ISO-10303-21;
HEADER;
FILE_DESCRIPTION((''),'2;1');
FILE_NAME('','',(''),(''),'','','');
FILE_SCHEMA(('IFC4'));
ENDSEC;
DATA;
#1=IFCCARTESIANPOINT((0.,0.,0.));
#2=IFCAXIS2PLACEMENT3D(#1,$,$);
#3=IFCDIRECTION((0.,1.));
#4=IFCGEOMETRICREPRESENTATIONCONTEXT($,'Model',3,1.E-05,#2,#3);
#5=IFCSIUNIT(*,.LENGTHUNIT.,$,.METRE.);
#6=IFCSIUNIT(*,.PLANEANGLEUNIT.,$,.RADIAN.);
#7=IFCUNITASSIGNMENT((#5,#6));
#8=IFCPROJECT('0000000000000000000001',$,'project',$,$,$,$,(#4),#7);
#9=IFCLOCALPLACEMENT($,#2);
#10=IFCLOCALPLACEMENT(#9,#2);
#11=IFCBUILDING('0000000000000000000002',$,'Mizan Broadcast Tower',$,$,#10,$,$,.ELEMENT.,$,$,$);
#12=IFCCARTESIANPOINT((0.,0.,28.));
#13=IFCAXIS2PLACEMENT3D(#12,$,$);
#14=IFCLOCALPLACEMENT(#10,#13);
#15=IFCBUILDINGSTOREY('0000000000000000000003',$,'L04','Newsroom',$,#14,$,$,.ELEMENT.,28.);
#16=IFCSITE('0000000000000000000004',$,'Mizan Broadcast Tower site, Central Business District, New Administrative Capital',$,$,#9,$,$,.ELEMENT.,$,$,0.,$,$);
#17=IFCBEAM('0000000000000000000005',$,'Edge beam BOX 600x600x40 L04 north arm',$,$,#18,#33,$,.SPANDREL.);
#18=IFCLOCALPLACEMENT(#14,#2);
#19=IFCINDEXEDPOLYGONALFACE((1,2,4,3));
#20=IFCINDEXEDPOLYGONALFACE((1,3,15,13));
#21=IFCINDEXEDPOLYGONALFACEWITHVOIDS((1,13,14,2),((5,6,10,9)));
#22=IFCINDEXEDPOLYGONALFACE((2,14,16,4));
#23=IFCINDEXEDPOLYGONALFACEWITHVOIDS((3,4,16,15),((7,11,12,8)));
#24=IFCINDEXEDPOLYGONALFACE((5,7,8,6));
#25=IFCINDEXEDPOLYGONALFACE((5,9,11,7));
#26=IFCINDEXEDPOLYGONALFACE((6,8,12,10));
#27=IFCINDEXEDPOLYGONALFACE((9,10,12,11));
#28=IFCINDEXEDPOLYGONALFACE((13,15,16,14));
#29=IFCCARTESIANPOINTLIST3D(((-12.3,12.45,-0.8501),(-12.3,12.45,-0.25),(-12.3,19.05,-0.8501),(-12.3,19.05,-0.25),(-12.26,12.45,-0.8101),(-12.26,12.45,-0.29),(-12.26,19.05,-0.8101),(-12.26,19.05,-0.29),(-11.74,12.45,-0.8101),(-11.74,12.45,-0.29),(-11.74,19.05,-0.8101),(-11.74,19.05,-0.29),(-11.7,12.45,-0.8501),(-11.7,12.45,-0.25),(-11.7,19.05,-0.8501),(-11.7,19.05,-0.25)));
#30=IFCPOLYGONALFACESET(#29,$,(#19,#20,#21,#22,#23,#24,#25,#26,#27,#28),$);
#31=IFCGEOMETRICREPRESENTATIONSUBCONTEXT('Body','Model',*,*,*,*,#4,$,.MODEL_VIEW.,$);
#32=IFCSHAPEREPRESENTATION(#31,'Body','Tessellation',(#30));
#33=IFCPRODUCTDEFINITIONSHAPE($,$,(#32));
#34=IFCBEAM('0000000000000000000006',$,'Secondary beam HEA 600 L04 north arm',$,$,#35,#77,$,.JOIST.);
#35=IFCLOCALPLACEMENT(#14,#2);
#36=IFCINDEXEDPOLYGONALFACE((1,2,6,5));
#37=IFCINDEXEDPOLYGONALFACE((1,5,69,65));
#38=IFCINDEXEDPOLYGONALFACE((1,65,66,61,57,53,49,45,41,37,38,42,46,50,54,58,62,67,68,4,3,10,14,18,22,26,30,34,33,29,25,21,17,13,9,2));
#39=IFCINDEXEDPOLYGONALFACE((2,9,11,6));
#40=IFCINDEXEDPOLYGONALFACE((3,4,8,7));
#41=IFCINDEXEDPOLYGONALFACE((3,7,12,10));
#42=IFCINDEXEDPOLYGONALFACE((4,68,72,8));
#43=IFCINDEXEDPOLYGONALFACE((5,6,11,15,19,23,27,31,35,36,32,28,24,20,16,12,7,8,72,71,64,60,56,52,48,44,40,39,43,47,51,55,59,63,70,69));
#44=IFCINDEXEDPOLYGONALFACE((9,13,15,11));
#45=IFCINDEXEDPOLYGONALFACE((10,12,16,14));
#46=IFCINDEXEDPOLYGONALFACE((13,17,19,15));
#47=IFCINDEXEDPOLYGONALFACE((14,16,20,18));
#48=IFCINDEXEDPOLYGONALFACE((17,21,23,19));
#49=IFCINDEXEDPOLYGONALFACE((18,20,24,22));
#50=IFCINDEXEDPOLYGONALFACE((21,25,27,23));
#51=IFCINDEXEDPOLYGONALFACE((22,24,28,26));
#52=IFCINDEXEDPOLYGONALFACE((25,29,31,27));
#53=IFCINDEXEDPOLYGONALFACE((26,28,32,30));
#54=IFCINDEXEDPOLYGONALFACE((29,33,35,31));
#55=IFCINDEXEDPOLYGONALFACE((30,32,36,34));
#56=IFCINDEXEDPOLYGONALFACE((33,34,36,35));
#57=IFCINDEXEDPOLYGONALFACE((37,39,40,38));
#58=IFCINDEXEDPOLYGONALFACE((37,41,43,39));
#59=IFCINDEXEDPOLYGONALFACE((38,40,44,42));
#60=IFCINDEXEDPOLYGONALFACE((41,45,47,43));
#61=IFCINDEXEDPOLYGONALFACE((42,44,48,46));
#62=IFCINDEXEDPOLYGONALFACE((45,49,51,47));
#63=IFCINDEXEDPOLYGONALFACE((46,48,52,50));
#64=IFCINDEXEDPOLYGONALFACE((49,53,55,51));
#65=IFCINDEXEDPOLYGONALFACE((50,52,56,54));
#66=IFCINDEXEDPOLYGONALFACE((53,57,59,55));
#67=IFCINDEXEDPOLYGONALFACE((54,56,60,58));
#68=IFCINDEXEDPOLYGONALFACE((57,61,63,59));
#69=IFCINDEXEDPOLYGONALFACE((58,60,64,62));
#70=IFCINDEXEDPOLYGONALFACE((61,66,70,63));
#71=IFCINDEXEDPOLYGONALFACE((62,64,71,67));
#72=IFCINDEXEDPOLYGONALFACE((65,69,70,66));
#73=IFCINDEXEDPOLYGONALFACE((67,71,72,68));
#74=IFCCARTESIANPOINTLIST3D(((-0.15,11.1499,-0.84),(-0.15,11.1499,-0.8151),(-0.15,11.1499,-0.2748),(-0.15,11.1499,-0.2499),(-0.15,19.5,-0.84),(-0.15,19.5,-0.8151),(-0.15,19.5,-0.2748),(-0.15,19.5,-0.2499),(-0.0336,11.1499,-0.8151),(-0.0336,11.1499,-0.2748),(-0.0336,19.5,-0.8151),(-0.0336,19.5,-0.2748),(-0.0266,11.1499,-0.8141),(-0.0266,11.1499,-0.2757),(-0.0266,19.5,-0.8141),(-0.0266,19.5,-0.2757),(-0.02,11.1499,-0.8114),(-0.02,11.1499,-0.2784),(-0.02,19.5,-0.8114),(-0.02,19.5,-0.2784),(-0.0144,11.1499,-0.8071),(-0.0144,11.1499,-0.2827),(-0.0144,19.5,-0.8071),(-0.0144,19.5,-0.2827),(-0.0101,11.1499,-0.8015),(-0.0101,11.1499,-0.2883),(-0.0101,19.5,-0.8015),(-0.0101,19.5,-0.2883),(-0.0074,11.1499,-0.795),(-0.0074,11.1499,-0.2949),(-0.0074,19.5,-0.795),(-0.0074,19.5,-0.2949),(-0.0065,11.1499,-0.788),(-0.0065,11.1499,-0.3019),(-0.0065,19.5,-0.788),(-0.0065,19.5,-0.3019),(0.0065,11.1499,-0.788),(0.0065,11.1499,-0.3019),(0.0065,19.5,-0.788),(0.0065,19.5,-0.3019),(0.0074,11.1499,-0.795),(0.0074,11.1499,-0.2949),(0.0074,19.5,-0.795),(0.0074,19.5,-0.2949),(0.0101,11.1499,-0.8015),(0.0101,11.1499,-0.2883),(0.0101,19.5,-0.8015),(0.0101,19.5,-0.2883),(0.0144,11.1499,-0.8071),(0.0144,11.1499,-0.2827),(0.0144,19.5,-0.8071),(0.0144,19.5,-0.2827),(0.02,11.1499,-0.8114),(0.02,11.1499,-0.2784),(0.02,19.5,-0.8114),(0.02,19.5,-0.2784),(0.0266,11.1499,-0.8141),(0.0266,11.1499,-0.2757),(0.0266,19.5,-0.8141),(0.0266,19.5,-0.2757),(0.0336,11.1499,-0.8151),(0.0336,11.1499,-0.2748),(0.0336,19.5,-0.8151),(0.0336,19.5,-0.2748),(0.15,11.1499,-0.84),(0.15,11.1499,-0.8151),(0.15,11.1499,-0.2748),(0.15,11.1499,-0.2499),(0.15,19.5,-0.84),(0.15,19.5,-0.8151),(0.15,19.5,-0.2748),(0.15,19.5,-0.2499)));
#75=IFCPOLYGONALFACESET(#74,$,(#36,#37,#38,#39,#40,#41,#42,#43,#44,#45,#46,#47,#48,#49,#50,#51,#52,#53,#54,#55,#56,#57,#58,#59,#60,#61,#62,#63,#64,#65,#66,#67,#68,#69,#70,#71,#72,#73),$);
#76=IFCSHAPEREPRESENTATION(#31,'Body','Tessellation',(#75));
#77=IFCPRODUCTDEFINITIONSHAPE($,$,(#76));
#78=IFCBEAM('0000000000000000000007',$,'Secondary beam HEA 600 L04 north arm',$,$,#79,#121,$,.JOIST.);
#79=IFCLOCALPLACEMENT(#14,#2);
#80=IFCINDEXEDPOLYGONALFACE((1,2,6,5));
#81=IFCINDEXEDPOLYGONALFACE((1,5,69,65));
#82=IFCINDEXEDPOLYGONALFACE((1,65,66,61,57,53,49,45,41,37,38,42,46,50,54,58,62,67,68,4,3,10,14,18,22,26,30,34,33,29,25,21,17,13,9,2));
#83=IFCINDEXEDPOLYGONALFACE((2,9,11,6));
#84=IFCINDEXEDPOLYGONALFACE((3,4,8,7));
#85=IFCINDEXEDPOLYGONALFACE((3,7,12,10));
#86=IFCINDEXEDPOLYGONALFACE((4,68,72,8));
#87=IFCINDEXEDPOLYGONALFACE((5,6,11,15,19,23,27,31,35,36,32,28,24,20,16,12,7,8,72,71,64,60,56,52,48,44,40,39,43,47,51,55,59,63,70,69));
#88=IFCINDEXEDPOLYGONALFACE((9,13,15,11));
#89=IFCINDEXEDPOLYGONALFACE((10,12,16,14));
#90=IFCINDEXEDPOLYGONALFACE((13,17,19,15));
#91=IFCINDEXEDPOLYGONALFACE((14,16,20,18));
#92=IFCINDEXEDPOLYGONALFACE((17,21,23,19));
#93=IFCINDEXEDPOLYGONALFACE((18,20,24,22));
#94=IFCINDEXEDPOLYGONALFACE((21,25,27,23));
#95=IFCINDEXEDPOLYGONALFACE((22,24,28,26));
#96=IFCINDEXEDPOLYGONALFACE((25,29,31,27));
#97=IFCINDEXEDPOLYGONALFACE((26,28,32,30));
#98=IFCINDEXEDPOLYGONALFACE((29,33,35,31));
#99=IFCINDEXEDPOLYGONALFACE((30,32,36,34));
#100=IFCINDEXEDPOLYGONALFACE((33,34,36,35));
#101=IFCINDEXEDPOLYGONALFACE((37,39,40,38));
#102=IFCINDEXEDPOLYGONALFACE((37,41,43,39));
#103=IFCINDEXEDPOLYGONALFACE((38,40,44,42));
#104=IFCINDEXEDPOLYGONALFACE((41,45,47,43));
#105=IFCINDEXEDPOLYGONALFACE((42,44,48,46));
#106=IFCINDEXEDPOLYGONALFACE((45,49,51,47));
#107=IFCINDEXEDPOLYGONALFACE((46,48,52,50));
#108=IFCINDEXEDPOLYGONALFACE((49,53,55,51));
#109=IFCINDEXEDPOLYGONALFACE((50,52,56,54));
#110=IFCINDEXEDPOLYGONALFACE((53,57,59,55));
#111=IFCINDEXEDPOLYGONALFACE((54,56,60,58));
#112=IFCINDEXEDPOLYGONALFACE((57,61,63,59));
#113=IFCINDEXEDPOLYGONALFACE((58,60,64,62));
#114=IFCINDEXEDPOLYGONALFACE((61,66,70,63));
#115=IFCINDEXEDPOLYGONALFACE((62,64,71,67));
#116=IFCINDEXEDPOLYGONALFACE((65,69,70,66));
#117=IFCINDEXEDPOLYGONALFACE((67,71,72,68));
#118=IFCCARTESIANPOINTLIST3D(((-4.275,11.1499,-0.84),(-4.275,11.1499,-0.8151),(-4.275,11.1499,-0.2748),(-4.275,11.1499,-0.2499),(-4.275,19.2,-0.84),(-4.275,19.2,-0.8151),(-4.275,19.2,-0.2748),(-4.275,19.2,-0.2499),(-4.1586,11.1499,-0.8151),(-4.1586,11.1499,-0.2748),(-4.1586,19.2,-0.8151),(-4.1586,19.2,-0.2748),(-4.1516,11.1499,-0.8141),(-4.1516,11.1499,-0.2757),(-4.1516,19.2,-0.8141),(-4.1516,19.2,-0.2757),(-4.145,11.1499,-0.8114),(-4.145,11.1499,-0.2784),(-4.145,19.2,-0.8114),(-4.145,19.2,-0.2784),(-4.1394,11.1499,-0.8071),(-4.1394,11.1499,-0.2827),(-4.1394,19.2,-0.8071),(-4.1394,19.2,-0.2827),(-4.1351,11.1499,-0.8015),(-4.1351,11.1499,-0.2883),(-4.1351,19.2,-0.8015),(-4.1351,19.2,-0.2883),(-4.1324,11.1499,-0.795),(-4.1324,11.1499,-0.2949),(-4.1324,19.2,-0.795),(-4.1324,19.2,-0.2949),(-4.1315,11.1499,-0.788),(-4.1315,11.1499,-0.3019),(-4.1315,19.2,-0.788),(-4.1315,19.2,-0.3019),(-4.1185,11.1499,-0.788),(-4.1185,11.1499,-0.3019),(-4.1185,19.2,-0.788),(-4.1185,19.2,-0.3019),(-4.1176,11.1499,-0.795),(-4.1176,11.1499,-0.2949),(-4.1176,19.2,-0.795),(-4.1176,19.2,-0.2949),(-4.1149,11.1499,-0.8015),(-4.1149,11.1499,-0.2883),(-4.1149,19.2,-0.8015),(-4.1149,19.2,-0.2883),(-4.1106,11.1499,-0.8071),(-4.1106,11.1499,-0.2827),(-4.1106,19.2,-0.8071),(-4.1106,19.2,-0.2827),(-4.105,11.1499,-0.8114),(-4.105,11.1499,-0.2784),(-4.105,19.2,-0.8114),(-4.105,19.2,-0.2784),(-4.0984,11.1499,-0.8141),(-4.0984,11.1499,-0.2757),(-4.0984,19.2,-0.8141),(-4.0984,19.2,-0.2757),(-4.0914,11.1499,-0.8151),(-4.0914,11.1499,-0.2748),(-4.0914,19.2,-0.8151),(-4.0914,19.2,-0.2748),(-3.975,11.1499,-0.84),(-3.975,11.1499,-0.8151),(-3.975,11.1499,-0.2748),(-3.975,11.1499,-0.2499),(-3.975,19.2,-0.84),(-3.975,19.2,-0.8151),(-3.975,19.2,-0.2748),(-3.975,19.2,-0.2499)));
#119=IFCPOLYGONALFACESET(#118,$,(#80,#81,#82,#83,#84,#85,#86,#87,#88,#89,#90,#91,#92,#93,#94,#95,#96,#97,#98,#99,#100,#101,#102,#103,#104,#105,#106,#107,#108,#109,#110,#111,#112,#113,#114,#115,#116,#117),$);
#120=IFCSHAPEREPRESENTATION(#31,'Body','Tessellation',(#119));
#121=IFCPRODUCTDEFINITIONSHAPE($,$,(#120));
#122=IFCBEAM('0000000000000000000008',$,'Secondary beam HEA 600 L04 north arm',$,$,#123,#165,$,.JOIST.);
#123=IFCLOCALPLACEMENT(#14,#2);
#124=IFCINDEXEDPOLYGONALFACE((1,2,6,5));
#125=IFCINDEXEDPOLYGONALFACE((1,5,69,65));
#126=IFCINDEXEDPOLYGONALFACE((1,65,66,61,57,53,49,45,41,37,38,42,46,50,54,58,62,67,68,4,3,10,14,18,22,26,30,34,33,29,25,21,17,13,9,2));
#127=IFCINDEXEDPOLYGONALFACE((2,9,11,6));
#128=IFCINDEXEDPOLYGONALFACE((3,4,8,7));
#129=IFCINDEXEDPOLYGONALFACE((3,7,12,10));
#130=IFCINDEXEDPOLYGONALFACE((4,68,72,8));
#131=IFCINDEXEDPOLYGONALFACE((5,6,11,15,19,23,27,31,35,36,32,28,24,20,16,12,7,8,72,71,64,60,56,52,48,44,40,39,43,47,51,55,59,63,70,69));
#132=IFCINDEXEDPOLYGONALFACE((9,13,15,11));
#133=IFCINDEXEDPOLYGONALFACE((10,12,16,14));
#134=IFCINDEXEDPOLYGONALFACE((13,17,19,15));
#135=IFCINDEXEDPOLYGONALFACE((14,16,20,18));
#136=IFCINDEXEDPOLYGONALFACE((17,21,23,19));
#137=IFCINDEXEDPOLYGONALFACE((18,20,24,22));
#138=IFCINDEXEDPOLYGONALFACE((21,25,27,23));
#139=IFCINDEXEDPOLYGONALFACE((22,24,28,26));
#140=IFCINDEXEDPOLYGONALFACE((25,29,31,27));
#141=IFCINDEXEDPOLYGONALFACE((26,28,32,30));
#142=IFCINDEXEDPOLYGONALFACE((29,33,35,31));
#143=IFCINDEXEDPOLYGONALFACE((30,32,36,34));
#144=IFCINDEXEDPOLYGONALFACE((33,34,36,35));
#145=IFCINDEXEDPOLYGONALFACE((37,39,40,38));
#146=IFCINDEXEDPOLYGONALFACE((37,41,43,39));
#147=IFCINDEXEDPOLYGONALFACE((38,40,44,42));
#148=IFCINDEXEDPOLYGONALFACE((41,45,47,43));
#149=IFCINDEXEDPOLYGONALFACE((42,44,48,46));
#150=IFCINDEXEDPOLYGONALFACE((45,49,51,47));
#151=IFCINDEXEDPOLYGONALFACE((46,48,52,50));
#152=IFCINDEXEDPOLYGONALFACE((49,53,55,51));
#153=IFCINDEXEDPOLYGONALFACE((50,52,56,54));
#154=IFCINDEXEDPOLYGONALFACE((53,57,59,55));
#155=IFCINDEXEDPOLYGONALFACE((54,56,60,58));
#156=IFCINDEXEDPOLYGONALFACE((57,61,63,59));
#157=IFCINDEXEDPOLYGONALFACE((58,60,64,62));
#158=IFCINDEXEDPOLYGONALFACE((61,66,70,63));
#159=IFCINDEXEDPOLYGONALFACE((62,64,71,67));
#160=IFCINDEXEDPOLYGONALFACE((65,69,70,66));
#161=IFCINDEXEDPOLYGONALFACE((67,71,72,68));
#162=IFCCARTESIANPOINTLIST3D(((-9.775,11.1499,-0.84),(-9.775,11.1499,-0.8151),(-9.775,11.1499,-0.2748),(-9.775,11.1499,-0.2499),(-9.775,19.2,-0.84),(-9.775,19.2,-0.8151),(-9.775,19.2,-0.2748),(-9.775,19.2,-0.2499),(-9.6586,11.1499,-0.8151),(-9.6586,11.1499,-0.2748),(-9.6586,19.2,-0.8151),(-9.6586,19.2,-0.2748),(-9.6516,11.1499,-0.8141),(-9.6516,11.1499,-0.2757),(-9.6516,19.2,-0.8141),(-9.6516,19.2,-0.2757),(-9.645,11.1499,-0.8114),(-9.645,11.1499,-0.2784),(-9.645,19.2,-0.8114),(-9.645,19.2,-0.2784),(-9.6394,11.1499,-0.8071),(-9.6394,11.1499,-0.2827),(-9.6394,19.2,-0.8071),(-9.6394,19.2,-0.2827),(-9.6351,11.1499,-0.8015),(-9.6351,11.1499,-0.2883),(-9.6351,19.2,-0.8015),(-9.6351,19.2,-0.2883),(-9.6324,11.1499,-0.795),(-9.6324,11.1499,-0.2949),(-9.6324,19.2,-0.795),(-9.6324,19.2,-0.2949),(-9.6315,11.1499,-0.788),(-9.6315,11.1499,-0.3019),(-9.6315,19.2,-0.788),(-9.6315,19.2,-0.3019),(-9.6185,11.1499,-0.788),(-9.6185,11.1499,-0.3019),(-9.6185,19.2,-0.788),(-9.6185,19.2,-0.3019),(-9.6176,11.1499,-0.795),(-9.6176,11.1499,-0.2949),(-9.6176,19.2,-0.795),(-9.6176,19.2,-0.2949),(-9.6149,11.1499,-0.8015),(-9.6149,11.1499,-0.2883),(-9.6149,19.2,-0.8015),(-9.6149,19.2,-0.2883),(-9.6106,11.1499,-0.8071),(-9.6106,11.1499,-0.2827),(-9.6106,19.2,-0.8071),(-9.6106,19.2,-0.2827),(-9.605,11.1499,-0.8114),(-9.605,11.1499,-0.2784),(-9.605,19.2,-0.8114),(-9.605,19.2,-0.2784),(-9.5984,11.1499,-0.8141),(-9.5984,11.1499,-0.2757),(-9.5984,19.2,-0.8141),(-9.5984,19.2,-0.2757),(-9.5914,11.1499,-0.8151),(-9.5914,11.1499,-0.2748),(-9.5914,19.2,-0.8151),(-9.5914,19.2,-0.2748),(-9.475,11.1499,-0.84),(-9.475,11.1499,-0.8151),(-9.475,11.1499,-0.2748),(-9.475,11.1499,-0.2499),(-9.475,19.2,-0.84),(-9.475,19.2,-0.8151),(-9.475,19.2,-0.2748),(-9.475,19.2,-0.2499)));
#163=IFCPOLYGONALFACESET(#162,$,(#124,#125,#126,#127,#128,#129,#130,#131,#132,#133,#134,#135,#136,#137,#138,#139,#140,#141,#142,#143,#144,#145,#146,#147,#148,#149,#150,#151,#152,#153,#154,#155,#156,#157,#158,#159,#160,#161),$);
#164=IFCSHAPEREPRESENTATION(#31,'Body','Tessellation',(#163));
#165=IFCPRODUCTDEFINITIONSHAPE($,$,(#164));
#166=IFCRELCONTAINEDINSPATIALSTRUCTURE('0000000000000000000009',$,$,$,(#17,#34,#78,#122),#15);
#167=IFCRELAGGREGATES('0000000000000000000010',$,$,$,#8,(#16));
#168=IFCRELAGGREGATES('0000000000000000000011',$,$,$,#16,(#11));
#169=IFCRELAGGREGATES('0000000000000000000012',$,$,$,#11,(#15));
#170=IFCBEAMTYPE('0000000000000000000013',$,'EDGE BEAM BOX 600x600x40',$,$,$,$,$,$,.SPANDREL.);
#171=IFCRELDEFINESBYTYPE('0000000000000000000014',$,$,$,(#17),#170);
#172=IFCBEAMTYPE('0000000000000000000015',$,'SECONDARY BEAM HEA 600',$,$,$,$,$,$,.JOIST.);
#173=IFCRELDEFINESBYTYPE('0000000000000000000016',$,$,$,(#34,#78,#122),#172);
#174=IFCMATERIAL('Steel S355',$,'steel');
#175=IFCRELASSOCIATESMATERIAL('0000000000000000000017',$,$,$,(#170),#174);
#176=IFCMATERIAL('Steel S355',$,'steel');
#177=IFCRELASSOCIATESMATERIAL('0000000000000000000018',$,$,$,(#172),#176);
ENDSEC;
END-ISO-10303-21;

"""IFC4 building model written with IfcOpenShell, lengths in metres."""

from ifc_helpers import new_model, si_unit, direction, frame, origin, origin_2d, place, context, subcontext, project, spatial, hollow_rectangle, i_section, extrude, material, material_profile, profile_set, type_object, element, save


model = new_model("IFC4")

# Units and contexts
model_context = context("Model", 3, precision=1e-05, world=origin(), true_north=direction((0.0, 1.0)))
body_context = subcontext(model_context, "Body", "Model", "MODEL_VIEW")
ifc_project = project(units=[si_unit("LENGTHUNIT", "METRE"), si_unit("PLANEANGLEUNIT", "RADIAN")], contexts=[model_context])

# Site, building, storey
site_placement = place(None, origin())
site = spatial("IfcSite", under=ifc_project, at=site_placement, Name="Mizan Broadcast Tower site, Central Business District, New Administrative Capital", CompositionType="ELEMENT", RefElevation=0.0)
building_placement = place(site_placement, origin())
building = spatial("IfcBuilding", under=site, at=building_placement, Name="Mizan Broadcast Tower", CompositionType="ELEMENT")
storey_placement = place(building_placement, frame((0.0, 0.0, 28.0)))
storey = spatial("IfcBuildingStorey", under=building, at=storey_placement, Name="L04", Description="Newsroom", CompositionType="ELEMENT", Elevation=28.0)

# Beams
ifc_material_1 = material(Name="Steel S355", Category="steel")
ifc_material_profile_1 = material_profile(ifc_material_1, hollow_rectangle(XDim=0.6001, YDim=0.6001, WallThickness=0.04, at=origin_2d()), Name="BOX 600x600x40")
ifc_profile_set_1 = profile_set([ifc_material_profile_1], Name="Steel S355")
beam_type_1 = type_object("IfcBeamType", Name="EDGE BEAM BOX 600x600x40", PredefinedType="SPANDREL", material=ifc_profile_set_1)
beam_1_placement = place(storey_placement, frame((-12.0, 12.45, -0.55), z_axis=(0.0, 1.0, 0.0), x_axis=(-1.0, 0.0, 0.0)))
element("IfcBeam", 1, at=beam_1_placement, inside=storey, type_object=beam_type_1, Name="Edge beam BOX 600x600x40 L04 north arm", PredefinedType="SPANDREL", context=body_context, shape_type="SweptSolid", body=[
    extrude(hollow_rectangle(XDim=0.6001, YDim=0.6001, WallThickness=0.04, at=origin_2d()), origin(), (0.0, 0.0, 1.0), 6.6001),
])
ifc_material_2 = material(Name="Steel S355", Category="steel")
ifc_material_profile_2 = material_profile(ifc_material_2, i_section(OverallWidth=0.3, OverallDepth=0.5901, WebThickness=0.0129, FlangeThickness=0.0249, FilletRadius=0.0271, at=origin_2d()), Name="HEA 600")
ifc_profile_set_2 = profile_set([ifc_material_profile_2], Name="Steel S355")
beam_type_2 = type_object("IfcBeamType", Name="SECONDARY BEAM HEA 600", PredefinedType="JOIST", material=ifc_profile_set_2)
beam_2_placement = place(storey_placement, frame((0.0, 11.1499, -0.5449), z_axis=(0.0, 1.0, 0.0), x_axis=(-1.0, 0.0, 0.0)))
element("IfcBeam", 2, at=beam_2_placement, inside=storey, type_object=beam_type_2, Name="Secondary beam HEA 600 L04 north arm", PredefinedType="JOIST", context=body_context, shape_type="SweptSolid", body=[
    extrude(i_section(OverallWidth=0.3, OverallDepth=0.5901, WebThickness=0.0129, FlangeThickness=0.0249, FilletRadius=0.0271, at=origin_2d()), origin(), (0.0, 0.0, 1.0), 8.3501),
])
for number, where, z_axis, x_axis, name in (
    (3, (-4.125, 11.1499, -0.5449), (0.0, 1.0, 0.0), (-1.0, 0.0, 0.0), "Secondary beam HEA 600 L04 north arm"),
    (4, (-9.625, 11.1499, -0.5449), (0.0, 1.0, 0.0), (-1.0, 0.0, 0.0), "Secondary beam HEA 600 L04 north arm"),
):
    element("IfcBeam", number, at=place(storey_placement, frame(where, z_axis=z_axis, x_axis=x_axis)), inside=storey, type_object=beam_type_2, Name=name, PredefinedType="JOIST", context=body_context, shape_type="SweptSolid", body=[
        extrude(i_section(OverallWidth=0.3, OverallDepth=0.5901, WebThickness=0.0129, FlangeThickness=0.0249, FilletRadius=0.0271, at=origin_2d()), origin(), (0.0, 0.0, 1.0), 8.05),
    ])

save(model, "model.ifc")
